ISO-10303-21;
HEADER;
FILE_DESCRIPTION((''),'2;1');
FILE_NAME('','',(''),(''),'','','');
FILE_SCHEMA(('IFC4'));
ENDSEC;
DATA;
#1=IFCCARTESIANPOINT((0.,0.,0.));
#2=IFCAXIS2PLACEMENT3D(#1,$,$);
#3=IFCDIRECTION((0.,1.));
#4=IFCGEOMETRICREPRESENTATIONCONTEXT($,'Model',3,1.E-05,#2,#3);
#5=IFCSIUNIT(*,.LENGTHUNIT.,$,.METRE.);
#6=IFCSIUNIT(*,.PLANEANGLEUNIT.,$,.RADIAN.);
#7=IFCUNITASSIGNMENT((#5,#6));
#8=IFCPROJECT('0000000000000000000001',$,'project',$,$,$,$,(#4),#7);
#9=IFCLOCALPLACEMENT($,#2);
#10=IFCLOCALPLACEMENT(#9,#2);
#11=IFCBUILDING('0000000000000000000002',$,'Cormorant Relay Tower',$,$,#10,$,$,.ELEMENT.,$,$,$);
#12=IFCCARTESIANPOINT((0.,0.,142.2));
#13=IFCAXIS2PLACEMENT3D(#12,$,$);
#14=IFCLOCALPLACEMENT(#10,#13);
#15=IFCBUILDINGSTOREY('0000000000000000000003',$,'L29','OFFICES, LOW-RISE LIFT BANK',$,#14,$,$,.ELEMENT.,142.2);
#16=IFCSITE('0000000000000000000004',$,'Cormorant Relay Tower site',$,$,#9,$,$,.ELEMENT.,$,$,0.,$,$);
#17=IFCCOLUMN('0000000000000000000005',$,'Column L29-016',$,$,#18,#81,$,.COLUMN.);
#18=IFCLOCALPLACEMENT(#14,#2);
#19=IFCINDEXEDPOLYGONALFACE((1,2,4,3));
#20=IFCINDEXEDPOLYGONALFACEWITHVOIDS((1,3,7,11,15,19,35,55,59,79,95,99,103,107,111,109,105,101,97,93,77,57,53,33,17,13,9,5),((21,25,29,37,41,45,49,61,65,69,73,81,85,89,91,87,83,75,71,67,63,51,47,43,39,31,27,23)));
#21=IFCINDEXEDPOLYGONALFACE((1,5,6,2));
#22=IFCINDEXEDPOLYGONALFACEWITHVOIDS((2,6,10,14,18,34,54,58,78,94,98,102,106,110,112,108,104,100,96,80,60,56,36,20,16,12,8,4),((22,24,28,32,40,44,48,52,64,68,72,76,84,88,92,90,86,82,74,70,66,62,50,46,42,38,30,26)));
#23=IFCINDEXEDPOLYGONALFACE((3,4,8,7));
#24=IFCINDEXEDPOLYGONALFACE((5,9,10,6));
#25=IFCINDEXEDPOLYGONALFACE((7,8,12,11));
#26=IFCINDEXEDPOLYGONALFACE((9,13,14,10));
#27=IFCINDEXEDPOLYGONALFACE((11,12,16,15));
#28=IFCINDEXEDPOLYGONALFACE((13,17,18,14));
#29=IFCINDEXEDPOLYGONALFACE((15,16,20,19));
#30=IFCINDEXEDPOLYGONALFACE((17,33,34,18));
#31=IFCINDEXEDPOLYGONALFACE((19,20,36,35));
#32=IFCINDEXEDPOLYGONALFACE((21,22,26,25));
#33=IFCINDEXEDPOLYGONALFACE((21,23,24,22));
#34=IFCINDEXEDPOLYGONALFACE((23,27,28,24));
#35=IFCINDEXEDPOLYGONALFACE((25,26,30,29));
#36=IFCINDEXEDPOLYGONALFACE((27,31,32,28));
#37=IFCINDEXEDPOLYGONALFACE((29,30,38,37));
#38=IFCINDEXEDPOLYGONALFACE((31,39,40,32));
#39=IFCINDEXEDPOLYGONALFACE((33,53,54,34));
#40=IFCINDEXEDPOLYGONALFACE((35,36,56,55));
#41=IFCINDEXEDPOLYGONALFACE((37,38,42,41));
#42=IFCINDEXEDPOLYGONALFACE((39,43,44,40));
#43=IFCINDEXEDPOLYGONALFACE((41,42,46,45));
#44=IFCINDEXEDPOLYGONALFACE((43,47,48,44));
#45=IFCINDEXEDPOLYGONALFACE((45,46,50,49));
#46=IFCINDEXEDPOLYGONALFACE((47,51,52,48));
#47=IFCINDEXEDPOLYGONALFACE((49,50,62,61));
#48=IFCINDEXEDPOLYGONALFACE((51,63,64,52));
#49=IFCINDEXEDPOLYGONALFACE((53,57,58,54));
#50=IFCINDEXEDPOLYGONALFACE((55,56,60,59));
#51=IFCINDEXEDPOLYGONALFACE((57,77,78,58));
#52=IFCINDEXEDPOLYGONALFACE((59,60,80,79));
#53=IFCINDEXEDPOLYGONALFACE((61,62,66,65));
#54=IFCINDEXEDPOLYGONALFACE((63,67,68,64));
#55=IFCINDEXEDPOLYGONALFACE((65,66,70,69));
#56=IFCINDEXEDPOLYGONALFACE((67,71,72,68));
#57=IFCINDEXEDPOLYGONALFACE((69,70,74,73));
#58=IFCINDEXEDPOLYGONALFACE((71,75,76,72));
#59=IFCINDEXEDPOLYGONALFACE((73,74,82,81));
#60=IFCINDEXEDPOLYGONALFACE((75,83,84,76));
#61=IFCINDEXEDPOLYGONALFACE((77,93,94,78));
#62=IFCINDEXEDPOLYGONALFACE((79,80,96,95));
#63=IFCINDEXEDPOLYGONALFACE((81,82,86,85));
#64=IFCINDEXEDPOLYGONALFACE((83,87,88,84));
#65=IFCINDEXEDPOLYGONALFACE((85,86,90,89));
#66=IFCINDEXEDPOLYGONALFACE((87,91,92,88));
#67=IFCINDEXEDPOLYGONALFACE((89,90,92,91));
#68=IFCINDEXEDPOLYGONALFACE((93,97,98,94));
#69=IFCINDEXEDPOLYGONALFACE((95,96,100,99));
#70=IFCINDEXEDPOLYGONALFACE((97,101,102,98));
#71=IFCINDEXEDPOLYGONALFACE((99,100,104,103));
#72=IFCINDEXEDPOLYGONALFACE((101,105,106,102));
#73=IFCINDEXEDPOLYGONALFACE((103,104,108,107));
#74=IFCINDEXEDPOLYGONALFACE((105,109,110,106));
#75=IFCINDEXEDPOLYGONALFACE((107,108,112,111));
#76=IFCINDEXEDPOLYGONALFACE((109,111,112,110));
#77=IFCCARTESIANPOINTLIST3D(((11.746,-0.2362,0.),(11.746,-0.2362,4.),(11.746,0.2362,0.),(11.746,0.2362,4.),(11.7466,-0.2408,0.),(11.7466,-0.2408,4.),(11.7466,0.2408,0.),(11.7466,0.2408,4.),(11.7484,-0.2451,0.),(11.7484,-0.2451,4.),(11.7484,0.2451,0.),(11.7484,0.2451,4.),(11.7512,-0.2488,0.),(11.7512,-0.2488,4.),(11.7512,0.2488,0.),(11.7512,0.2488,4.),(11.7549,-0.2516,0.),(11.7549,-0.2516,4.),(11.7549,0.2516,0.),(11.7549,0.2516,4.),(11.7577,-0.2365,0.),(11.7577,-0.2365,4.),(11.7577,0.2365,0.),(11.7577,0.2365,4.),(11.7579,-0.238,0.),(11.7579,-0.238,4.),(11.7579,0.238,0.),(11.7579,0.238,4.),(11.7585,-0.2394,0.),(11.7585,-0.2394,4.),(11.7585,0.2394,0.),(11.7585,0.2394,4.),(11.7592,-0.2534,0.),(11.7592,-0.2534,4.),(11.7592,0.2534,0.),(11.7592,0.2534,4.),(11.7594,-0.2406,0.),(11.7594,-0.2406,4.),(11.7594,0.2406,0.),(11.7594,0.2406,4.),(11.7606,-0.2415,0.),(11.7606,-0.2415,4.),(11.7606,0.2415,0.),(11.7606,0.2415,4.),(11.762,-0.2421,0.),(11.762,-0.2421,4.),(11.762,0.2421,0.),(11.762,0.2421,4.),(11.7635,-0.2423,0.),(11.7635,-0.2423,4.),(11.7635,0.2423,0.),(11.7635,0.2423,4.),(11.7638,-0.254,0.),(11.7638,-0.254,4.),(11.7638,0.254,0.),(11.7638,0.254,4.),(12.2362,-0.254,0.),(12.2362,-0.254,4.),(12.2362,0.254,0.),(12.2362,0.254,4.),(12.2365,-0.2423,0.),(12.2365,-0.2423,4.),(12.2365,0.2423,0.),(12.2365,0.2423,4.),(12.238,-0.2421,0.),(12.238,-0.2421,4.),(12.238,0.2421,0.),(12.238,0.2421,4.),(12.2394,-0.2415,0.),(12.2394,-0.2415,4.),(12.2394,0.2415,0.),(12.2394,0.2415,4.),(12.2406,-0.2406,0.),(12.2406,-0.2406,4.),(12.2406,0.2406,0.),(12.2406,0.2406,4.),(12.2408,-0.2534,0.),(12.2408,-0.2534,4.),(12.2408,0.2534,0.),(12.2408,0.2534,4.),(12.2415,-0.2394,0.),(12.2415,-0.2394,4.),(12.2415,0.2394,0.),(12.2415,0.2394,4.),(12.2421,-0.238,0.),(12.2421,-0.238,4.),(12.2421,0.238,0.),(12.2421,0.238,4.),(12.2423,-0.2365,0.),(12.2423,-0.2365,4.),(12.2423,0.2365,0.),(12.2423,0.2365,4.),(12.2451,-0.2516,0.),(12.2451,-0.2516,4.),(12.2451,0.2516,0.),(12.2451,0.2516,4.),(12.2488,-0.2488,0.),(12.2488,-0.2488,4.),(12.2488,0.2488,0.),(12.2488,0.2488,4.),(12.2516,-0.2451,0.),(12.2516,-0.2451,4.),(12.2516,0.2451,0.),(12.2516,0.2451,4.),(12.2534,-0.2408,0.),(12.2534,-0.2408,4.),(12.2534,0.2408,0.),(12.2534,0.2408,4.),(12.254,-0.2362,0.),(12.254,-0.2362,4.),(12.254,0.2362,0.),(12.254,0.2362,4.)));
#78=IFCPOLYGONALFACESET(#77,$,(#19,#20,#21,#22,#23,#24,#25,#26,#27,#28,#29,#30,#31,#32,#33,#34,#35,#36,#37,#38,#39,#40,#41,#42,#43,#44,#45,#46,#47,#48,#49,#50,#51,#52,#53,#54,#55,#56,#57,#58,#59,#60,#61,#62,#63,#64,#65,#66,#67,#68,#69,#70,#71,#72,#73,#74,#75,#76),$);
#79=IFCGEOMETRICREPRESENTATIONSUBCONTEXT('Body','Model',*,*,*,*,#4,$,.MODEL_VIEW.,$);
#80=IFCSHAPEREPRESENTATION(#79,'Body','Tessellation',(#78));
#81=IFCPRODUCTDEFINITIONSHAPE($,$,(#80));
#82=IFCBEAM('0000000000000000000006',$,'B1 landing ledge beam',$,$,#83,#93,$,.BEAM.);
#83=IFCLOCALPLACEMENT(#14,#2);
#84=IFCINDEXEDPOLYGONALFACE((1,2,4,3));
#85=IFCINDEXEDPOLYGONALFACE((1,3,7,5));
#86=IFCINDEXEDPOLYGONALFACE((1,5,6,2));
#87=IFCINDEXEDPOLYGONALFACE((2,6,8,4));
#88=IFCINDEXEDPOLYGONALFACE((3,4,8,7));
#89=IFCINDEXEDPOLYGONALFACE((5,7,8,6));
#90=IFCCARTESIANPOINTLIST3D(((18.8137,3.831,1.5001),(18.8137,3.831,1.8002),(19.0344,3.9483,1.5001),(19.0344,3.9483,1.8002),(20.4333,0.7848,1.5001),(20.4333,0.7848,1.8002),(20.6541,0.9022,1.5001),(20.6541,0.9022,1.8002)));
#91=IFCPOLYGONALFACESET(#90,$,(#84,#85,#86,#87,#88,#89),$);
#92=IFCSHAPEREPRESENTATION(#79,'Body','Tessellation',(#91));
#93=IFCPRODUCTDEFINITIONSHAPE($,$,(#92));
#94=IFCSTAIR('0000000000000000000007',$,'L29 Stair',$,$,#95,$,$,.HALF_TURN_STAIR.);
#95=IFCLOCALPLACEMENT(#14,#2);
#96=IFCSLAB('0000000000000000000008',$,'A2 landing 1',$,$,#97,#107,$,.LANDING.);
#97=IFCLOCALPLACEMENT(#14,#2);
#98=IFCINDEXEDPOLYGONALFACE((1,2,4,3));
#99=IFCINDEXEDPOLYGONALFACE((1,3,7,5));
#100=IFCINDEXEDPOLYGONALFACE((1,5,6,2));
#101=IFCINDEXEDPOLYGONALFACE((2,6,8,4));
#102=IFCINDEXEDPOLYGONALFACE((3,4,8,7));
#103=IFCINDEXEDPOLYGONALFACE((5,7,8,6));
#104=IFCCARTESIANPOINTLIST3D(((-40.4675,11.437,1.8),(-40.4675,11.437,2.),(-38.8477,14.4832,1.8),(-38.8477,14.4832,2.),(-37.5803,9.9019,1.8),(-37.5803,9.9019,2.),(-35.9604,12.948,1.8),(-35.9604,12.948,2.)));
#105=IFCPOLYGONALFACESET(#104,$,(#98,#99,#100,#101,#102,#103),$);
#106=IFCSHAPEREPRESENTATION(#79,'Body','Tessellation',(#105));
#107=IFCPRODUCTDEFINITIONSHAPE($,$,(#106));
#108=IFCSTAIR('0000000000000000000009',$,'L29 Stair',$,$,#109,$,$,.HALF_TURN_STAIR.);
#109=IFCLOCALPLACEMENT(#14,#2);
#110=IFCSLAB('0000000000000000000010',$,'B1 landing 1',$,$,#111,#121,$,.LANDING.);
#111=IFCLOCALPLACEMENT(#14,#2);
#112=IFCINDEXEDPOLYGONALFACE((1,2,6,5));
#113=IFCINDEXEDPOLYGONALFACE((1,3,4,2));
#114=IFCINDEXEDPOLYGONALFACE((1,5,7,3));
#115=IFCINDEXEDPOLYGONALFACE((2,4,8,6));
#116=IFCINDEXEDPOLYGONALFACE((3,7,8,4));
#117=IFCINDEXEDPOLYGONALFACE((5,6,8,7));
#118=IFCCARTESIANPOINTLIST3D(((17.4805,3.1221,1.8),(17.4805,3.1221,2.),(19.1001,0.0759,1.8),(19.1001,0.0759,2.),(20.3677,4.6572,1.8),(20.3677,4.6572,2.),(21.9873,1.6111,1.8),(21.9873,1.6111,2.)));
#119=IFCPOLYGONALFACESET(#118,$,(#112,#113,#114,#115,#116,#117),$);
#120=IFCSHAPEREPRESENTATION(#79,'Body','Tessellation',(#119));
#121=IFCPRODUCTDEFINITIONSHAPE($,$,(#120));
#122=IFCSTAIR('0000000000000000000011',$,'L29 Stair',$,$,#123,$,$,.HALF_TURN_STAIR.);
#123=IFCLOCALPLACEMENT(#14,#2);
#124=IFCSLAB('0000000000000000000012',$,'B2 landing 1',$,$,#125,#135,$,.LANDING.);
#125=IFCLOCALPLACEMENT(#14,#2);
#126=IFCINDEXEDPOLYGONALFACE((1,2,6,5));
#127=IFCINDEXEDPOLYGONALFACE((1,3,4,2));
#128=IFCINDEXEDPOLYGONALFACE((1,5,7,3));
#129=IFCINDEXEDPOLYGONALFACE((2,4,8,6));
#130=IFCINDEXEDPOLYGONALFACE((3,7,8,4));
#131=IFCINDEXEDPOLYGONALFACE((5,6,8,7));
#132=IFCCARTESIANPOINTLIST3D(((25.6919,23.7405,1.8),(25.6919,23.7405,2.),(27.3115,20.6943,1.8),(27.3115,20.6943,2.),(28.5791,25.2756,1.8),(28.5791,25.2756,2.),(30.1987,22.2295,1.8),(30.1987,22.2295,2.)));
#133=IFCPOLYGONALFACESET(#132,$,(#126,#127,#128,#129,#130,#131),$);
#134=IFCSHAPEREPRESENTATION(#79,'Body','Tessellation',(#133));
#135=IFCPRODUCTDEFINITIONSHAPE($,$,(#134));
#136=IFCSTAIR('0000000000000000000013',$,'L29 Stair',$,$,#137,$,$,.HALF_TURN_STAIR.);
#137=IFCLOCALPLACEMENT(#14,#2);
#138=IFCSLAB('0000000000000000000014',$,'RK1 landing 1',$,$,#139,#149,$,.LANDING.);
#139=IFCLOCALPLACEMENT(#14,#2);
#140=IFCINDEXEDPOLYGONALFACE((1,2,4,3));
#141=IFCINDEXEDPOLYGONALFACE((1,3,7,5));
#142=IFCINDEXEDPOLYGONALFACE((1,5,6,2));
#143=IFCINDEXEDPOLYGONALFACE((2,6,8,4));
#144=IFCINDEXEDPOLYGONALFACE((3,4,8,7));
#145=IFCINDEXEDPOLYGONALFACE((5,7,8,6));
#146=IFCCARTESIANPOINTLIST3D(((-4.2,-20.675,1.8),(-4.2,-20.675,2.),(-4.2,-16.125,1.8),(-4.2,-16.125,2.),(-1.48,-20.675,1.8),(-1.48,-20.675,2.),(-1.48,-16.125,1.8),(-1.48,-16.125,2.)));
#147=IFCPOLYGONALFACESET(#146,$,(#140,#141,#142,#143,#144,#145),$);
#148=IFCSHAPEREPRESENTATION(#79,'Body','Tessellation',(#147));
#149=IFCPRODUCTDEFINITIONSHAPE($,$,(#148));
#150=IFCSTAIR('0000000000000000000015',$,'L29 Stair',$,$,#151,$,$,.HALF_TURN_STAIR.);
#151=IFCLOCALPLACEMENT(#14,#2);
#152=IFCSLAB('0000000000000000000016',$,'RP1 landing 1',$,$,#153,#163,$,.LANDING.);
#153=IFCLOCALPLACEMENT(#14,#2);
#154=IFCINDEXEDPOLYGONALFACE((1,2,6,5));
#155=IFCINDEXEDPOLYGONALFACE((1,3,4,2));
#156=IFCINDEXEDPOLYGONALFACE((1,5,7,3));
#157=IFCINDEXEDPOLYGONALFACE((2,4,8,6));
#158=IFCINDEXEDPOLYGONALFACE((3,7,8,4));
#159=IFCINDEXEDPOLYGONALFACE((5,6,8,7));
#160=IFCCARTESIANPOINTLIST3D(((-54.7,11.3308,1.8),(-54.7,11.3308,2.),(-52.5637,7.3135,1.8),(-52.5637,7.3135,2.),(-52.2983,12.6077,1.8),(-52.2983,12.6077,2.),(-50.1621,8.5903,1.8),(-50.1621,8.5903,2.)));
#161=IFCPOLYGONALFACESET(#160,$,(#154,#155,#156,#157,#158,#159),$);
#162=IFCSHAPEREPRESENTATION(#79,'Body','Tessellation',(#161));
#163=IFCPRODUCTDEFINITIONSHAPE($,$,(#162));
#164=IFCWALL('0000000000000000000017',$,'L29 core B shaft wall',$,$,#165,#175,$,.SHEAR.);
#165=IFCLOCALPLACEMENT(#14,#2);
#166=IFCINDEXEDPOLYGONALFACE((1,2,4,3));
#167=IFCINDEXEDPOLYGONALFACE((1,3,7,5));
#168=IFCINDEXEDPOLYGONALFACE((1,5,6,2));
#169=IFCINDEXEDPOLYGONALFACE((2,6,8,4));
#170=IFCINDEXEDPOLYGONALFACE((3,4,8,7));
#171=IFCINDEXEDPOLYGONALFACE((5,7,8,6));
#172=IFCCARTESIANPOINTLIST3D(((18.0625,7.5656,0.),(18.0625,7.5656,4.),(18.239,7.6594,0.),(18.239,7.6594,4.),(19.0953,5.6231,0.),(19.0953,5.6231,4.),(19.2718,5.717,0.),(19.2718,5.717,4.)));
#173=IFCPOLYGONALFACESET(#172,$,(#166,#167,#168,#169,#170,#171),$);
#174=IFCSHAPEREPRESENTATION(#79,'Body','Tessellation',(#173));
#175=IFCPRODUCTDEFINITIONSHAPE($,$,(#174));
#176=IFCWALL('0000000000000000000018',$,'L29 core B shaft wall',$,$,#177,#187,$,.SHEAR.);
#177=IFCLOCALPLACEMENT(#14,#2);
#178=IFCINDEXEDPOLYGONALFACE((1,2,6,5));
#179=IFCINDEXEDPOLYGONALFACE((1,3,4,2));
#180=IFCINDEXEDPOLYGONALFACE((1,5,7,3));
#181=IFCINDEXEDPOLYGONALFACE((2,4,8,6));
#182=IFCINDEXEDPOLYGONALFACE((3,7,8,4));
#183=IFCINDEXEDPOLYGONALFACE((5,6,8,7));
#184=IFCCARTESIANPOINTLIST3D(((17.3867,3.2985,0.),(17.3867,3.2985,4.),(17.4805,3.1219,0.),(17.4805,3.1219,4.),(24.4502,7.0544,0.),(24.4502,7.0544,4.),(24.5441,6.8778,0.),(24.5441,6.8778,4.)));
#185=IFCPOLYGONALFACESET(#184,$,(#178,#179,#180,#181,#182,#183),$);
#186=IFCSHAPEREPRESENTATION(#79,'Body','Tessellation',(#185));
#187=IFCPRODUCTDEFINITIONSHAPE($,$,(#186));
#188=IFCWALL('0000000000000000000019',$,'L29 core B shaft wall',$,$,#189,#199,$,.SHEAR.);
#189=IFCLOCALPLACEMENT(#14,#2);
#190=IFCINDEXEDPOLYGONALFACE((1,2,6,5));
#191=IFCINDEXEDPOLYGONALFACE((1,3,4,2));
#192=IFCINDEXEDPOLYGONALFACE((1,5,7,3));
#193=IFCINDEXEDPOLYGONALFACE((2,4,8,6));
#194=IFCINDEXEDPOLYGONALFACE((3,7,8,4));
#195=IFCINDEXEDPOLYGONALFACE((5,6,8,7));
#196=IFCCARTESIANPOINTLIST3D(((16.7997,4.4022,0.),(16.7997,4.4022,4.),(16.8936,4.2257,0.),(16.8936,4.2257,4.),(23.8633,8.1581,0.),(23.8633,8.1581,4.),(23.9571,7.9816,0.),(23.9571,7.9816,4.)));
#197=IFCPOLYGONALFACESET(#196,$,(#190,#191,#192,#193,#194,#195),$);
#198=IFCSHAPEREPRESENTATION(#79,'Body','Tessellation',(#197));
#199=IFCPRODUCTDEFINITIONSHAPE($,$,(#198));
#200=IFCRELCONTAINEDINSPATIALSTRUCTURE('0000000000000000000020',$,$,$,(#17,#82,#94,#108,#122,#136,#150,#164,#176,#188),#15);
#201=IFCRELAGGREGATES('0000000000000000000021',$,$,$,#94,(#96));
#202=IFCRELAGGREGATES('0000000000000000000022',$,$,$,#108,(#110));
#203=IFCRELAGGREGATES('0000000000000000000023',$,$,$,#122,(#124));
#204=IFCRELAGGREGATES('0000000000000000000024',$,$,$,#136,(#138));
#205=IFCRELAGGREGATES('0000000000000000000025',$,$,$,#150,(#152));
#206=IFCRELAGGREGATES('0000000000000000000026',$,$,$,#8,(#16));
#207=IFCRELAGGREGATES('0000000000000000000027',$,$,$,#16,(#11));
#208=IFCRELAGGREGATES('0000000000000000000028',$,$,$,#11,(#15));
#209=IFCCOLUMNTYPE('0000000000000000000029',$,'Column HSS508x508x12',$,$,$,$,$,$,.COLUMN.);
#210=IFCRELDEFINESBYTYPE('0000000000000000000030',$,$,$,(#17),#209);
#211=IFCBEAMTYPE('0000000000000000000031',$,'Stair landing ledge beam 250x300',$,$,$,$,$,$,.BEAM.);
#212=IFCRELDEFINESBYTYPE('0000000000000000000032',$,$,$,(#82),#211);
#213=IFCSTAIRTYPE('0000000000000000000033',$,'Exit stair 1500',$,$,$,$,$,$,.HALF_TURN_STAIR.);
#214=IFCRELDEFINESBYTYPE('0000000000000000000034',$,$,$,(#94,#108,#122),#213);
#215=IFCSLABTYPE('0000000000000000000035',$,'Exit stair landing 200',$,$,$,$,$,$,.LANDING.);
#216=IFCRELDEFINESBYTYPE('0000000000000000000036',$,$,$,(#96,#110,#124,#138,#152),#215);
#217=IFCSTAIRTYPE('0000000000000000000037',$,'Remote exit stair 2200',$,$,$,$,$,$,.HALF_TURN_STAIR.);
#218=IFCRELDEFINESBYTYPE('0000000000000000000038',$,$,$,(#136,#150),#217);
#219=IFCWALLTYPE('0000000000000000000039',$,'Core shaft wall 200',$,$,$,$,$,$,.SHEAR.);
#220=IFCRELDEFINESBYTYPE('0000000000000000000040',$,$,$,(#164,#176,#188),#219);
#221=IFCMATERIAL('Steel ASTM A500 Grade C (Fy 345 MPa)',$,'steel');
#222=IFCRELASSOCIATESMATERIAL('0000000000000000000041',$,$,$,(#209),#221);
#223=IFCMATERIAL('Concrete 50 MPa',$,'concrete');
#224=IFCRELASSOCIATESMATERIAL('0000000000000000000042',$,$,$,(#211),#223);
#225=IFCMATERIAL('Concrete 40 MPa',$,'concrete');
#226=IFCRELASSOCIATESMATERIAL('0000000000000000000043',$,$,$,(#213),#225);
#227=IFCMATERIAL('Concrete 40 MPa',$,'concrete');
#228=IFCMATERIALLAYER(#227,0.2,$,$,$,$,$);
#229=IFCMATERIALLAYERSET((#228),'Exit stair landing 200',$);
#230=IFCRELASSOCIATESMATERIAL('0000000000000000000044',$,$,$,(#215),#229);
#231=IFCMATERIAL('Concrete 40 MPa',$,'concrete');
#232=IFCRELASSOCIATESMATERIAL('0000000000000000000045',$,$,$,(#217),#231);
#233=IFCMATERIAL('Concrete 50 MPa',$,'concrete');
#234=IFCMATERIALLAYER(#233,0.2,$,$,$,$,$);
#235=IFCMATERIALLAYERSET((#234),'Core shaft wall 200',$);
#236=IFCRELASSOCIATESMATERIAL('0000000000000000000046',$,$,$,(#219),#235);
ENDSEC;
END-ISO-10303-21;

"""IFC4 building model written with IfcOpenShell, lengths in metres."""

from ifc_helpers import new_model, si_unit, direction, frame, frame_2d, origin, origin_2d, place, context, subcontext, project, spatial, polyline, rectangle, hollow_rectangle, outline, extrude, material, layer, layer_set, material_profile, profile_set, type_object, element, aggregate, save


model = new_model("IFC4")

# Units and contexts
model_context = context("Model", 3, precision=1e-05, world=origin(), true_north=direction((0.0, 1.0)))
body_context = subcontext(model_context, "Body", "Model", "MODEL_VIEW")
ifc_project = project(units=[si_unit("LENGTHUNIT", "METRE"), si_unit("PLANEANGLEUNIT", "RADIAN")], contexts=[model_context])

# Site, building, storey
site_placement = place(None, origin())
site = spatial("IfcSite", under=ifc_project, at=site_placement, Name="Cormorant Relay Tower site", CompositionType="ELEMENT", RefElevation=0.0)
building_placement = place(site_placement, origin())
building = spatial("IfcBuilding", under=site, at=building_placement, Name="Cormorant Relay Tower", CompositionType="ELEMENT")
storey_placement = place(building_placement, frame((0.0, 0.0, 142.2)))
storey = spatial("IfcBuildingStorey", under=building, at=storey_placement, Name="L29", Description="OFFICES, LOW-RISE LIFT BANK", CompositionType="ELEMENT", Elevation=142.2)

# Column
ifc_material_1 = material(Name="Steel ASTM A500 Grade C (Fy 345 MPa)", Category="steel")
ifc_material_profile_1 = material_profile(ifc_material_1, hollow_rectangle(XDim=0.5081, YDim=0.5081, WallThickness=0.0117, InnerFilletRadius=0.0059, OuterFilletRadius=0.0178, at=origin_2d()), Name="HSS508x508x12")
ifc_profile_set_1 = profile_set([ifc_material_profile_1], Name="Steel ASTM A500 Grade C (Fy 345 MPa)")
column_type = type_object("IfcColumnType", Name="Column HSS508x508x12", PredefinedType="COLUMN", material=ifc_profile_set_1)
column_placement = place(storey_placement, frame((12.0, 0.0, 0.0), z_axis=(0.0, 0.0, 1.0), x_axis=(1.0, 0.0, 0.0)))
element("IfcColumn", 1, at=column_placement, inside=storey, type_object=column_type, Name="Column L29-016", PredefinedType="COLUMN", context=body_context, shape_type="SweptSolid", body=[
    extrude(hollow_rectangle(XDim=0.5081, YDim=0.5081, WallThickness=0.0117, InnerFilletRadius=0.0059, OuterFilletRadius=0.0178, at=origin_2d()), origin(), (0.0, 0.0, 1.0), 4.0),
])

# Beam
ifc_material_2 = material(Name="Concrete 50 MPa", Category="concrete")
ifc_material_profile_2 = material_profile(ifc_material_2, rectangle(XDim=0.25, YDim=0.3, at=origin_2d()), Name="RC 250x300")
ifc_profile_set_2 = profile_set([ifc_material_profile_2], Name="Concrete 50 MPa")
beam_type = type_object("IfcBeamType", Name="Stair landing ledge beam 250x300", PredefinedType="BEAM", material=ifc_profile_set_2)
beam_placement = place(storey_placement, frame((18.9241, 3.8896, 1.6501), z_axis=(0.469464, -0.882952, 0.0), x_axis=(0.882952, 0.469464, 0.0)))
element("IfcBeam", 2, at=beam_placement, inside=storey, type_object=beam_type, Name="B1 landing ledge beam", PredefinedType="BEAM", context=body_context, shape_type="SweptSolid", body=[
    extrude(rectangle(XDim=0.25, YDim=0.3, at=origin_2d()), origin(), (0.0, 0.0, 1.0), 3.45),
])

# Stairs, slabs
ifc_material_3 = material(Name="Concrete 40 MPa", Category="concrete")
stair_type_1 = type_object("IfcStairType", Name="Exit stair 1500", PredefinedType="HALF_TURN_STAIR", material=ifc_material_3)
stair_1_placement = place(storey_placement, origin())
stair_1 = element("IfcStair", 3, at=stair_1_placement, inside=storey, type_object=stair_type_1, Name="L29 Stair", PredefinedType="HALF_TURN_STAIR")
ifc_material_4 = material(Name="Concrete 40 MPa", Category="concrete")
ifc_layer_1 = layer(ifc_material_4, 0.2)
ifc_layer_set_1 = layer_set([ifc_layer_1], Name="Exit stair landing 200")
slab_type = type_object("IfcSlabType", Name="Exit stair landing 200", PredefinedType="LANDING", material=ifc_layer_set_1)
slab_1_placement = place(storey_placement, frame((0.0, 0.0, 1.8)))
slab_1 = element("IfcSlab", 4, at=slab_1_placement, type_object=slab_type, Name="A2 landing 1", PredefinedType="LANDING", context=body_context, shape_type="SweptSolid", body=[
    extrude(outline(polyline([(-35.9604, 12.948), (-38.8477, 14.4832), (-40.4675, 11.437), (-37.5803, 9.9019), (-35.9604, 12.948)])), origin(), (0.0, 0.0, 1.0), 0.2),
])
aggregate(stair_1, [slab_1])
stair_2_placement = place(storey_placement, origin())
stair_2 = element("IfcStair", 5, at=stair_2_placement, inside=storey, type_object=stair_type_1, Name="L29 Stair", PredefinedType="HALF_TURN_STAIR")
slab_2_placement = place(storey_placement, frame((0.0, 0.0, 1.8)))
slab_2 = element("IfcSlab", 6, at=slab_2_placement, type_object=slab_type, Name="B1 landing 1", PredefinedType="LANDING", context=body_context, shape_type="SweptSolid", body=[
    extrude(outline(polyline([(20.3677, 4.6572), (17.4805, 3.1221), (19.1001, 0.0759), (21.9873, 1.6111), (20.3677, 4.6572)])), origin(), (0.0, 0.0, 1.0), 0.2),
])
aggregate(stair_2, [slab_2])
stair_3_placement = place(storey_placement, origin())
stair_3 = element("IfcStair", 7, at=stair_3_placement, inside=storey, type_object=stair_type_1, Name="L29 Stair", PredefinedType="HALF_TURN_STAIR")
slab_3_placement = place(storey_placement, frame((0.0, 0.0, 1.8)))
slab_3 = element("IfcSlab", 8, at=slab_3_placement, type_object=slab_type, Name="B2 landing 1", PredefinedType="LANDING", context=body_context, shape_type="SweptSolid", body=[
    extrude(outline(polyline([(27.3115, 20.6943), (30.1987, 22.2295), (28.5791, 25.2756), (25.6919, 23.7405), (27.3115, 20.6943)])), origin(), (0.0, 0.0, 1.0), 0.2),
])
aggregate(stair_3, [slab_3])
ifc_material_5 = material(Name="Concrete 40 MPa", Category="concrete")
stair_type_2 = type_object("IfcStairType", Name="Remote exit stair 2200", PredefinedType="HALF_TURN_STAIR", material=ifc_material_5)
stair_4_placement = place(storey_placement, origin())
stair_4 = element("IfcStair", 9, at=stair_4_placement, inside=storey, type_object=stair_type_2, Name="L29 Stair", PredefinedType="HALF_TURN_STAIR")
slab_4_placement = place(storey_placement, frame((0.0, 0.0, 1.8)))
slab_4 = element("IfcSlab", 10, at=slab_4_placement, type_object=slab_type, Name="RK1 landing 1", PredefinedType="LANDING", context=body_context, shape_type="SweptSolid", body=[
    extrude(outline(polyline([(-1.48, -16.125), (-4.2, -16.125), (-4.2, -20.675), (-1.48, -20.675), (-1.48, -16.125)])), origin(), (0.0, 0.0, 1.0), 0.2),
])
aggregate(stair_4, [slab_4])
stair_5_placement = place(storey_placement, origin())
stair_5 = element("IfcStair", 11, at=stair_5_placement, inside=storey, type_object=stair_type_2, Name="L29 Stair", PredefinedType="HALF_TURN_STAIR")
slab_5_placement = place(storey_placement, frame((0.0, 0.0, 1.8)))
slab_5 = element("IfcSlab", 12, at=slab_5_placement, type_object=slab_type, Name="RP1 landing 1", PredefinedType="LANDING", context=body_context, shape_type="SweptSolid", body=[
    extrude(outline(polyline([(-52.2983, 12.6077), (-54.7, 11.3308), (-52.5637, 7.3135), (-50.1621, 8.5903), (-52.2983, 12.6077)])), origin(), (0.0, 0.0, 1.0), 0.2),
])
aggregate(stair_5, [slab_5])

# Walls
ifc_material_6 = material(Name="Concrete 50 MPa", Category="concrete")
ifc_layer_2 = layer(ifc_material_6, 0.2)
ifc_layer_set_2 = layer_set([ifc_layer_2], Name="Core shaft wall 200")
wall_type = type_object("IfcWallType", Name="Core shaft wall 200", PredefinedType="SHEAR", material=ifc_layer_set_2)
wall_1_placement = place(storey_placement, frame((19.1836, 5.6699, 0.0), z_axis=(0.0, 0.0, 1.0), x_axis=(-0.469447, 0.88296, 0.0)))
element("IfcWall", 13, at=wall_1_placement, inside=storey, type_object=wall_type, Name="L29 core B shaft wall", PredefinedType="SHEAR", context=body_context, shape_type="SweptSolid", body=[
    extrude(rectangle(XDim=2.2, YDim=0.2, at=frame_2d((1.1001, 0.0))), origin(), (0.0, 0.0, 1.0), 4.0),
])
for number, where, z_axis, x_axis, name in (
    (14, (17.4336, 3.2102, 0.0), (0.0, 0.0, 1.0), (0.88294, 0.469485, 0.0), "L29 core B shaft wall"),
    (15, (16.8467, 4.314, 0.0), (0.0, 0.0, 1.0), (0.88294, 0.469485, 0.0), "L29 core B shaft wall"),
):
    element("IfcWall", number, at=place(storey_placement, frame(where, z_axis=z_axis, x_axis=x_axis)), inside=storey, type_object=wall_type, Name=name, PredefinedType="SHEAR", context=body_context, shape_type="SweptSolid", body=[
        extrude(rectangle(XDim=8.0, YDim=0.2, at=frame_2d((4.0, 0.0))), origin(), (0.0, 0.0, 1.0), 4.0),
    ])

save(model, "model.ifc")
